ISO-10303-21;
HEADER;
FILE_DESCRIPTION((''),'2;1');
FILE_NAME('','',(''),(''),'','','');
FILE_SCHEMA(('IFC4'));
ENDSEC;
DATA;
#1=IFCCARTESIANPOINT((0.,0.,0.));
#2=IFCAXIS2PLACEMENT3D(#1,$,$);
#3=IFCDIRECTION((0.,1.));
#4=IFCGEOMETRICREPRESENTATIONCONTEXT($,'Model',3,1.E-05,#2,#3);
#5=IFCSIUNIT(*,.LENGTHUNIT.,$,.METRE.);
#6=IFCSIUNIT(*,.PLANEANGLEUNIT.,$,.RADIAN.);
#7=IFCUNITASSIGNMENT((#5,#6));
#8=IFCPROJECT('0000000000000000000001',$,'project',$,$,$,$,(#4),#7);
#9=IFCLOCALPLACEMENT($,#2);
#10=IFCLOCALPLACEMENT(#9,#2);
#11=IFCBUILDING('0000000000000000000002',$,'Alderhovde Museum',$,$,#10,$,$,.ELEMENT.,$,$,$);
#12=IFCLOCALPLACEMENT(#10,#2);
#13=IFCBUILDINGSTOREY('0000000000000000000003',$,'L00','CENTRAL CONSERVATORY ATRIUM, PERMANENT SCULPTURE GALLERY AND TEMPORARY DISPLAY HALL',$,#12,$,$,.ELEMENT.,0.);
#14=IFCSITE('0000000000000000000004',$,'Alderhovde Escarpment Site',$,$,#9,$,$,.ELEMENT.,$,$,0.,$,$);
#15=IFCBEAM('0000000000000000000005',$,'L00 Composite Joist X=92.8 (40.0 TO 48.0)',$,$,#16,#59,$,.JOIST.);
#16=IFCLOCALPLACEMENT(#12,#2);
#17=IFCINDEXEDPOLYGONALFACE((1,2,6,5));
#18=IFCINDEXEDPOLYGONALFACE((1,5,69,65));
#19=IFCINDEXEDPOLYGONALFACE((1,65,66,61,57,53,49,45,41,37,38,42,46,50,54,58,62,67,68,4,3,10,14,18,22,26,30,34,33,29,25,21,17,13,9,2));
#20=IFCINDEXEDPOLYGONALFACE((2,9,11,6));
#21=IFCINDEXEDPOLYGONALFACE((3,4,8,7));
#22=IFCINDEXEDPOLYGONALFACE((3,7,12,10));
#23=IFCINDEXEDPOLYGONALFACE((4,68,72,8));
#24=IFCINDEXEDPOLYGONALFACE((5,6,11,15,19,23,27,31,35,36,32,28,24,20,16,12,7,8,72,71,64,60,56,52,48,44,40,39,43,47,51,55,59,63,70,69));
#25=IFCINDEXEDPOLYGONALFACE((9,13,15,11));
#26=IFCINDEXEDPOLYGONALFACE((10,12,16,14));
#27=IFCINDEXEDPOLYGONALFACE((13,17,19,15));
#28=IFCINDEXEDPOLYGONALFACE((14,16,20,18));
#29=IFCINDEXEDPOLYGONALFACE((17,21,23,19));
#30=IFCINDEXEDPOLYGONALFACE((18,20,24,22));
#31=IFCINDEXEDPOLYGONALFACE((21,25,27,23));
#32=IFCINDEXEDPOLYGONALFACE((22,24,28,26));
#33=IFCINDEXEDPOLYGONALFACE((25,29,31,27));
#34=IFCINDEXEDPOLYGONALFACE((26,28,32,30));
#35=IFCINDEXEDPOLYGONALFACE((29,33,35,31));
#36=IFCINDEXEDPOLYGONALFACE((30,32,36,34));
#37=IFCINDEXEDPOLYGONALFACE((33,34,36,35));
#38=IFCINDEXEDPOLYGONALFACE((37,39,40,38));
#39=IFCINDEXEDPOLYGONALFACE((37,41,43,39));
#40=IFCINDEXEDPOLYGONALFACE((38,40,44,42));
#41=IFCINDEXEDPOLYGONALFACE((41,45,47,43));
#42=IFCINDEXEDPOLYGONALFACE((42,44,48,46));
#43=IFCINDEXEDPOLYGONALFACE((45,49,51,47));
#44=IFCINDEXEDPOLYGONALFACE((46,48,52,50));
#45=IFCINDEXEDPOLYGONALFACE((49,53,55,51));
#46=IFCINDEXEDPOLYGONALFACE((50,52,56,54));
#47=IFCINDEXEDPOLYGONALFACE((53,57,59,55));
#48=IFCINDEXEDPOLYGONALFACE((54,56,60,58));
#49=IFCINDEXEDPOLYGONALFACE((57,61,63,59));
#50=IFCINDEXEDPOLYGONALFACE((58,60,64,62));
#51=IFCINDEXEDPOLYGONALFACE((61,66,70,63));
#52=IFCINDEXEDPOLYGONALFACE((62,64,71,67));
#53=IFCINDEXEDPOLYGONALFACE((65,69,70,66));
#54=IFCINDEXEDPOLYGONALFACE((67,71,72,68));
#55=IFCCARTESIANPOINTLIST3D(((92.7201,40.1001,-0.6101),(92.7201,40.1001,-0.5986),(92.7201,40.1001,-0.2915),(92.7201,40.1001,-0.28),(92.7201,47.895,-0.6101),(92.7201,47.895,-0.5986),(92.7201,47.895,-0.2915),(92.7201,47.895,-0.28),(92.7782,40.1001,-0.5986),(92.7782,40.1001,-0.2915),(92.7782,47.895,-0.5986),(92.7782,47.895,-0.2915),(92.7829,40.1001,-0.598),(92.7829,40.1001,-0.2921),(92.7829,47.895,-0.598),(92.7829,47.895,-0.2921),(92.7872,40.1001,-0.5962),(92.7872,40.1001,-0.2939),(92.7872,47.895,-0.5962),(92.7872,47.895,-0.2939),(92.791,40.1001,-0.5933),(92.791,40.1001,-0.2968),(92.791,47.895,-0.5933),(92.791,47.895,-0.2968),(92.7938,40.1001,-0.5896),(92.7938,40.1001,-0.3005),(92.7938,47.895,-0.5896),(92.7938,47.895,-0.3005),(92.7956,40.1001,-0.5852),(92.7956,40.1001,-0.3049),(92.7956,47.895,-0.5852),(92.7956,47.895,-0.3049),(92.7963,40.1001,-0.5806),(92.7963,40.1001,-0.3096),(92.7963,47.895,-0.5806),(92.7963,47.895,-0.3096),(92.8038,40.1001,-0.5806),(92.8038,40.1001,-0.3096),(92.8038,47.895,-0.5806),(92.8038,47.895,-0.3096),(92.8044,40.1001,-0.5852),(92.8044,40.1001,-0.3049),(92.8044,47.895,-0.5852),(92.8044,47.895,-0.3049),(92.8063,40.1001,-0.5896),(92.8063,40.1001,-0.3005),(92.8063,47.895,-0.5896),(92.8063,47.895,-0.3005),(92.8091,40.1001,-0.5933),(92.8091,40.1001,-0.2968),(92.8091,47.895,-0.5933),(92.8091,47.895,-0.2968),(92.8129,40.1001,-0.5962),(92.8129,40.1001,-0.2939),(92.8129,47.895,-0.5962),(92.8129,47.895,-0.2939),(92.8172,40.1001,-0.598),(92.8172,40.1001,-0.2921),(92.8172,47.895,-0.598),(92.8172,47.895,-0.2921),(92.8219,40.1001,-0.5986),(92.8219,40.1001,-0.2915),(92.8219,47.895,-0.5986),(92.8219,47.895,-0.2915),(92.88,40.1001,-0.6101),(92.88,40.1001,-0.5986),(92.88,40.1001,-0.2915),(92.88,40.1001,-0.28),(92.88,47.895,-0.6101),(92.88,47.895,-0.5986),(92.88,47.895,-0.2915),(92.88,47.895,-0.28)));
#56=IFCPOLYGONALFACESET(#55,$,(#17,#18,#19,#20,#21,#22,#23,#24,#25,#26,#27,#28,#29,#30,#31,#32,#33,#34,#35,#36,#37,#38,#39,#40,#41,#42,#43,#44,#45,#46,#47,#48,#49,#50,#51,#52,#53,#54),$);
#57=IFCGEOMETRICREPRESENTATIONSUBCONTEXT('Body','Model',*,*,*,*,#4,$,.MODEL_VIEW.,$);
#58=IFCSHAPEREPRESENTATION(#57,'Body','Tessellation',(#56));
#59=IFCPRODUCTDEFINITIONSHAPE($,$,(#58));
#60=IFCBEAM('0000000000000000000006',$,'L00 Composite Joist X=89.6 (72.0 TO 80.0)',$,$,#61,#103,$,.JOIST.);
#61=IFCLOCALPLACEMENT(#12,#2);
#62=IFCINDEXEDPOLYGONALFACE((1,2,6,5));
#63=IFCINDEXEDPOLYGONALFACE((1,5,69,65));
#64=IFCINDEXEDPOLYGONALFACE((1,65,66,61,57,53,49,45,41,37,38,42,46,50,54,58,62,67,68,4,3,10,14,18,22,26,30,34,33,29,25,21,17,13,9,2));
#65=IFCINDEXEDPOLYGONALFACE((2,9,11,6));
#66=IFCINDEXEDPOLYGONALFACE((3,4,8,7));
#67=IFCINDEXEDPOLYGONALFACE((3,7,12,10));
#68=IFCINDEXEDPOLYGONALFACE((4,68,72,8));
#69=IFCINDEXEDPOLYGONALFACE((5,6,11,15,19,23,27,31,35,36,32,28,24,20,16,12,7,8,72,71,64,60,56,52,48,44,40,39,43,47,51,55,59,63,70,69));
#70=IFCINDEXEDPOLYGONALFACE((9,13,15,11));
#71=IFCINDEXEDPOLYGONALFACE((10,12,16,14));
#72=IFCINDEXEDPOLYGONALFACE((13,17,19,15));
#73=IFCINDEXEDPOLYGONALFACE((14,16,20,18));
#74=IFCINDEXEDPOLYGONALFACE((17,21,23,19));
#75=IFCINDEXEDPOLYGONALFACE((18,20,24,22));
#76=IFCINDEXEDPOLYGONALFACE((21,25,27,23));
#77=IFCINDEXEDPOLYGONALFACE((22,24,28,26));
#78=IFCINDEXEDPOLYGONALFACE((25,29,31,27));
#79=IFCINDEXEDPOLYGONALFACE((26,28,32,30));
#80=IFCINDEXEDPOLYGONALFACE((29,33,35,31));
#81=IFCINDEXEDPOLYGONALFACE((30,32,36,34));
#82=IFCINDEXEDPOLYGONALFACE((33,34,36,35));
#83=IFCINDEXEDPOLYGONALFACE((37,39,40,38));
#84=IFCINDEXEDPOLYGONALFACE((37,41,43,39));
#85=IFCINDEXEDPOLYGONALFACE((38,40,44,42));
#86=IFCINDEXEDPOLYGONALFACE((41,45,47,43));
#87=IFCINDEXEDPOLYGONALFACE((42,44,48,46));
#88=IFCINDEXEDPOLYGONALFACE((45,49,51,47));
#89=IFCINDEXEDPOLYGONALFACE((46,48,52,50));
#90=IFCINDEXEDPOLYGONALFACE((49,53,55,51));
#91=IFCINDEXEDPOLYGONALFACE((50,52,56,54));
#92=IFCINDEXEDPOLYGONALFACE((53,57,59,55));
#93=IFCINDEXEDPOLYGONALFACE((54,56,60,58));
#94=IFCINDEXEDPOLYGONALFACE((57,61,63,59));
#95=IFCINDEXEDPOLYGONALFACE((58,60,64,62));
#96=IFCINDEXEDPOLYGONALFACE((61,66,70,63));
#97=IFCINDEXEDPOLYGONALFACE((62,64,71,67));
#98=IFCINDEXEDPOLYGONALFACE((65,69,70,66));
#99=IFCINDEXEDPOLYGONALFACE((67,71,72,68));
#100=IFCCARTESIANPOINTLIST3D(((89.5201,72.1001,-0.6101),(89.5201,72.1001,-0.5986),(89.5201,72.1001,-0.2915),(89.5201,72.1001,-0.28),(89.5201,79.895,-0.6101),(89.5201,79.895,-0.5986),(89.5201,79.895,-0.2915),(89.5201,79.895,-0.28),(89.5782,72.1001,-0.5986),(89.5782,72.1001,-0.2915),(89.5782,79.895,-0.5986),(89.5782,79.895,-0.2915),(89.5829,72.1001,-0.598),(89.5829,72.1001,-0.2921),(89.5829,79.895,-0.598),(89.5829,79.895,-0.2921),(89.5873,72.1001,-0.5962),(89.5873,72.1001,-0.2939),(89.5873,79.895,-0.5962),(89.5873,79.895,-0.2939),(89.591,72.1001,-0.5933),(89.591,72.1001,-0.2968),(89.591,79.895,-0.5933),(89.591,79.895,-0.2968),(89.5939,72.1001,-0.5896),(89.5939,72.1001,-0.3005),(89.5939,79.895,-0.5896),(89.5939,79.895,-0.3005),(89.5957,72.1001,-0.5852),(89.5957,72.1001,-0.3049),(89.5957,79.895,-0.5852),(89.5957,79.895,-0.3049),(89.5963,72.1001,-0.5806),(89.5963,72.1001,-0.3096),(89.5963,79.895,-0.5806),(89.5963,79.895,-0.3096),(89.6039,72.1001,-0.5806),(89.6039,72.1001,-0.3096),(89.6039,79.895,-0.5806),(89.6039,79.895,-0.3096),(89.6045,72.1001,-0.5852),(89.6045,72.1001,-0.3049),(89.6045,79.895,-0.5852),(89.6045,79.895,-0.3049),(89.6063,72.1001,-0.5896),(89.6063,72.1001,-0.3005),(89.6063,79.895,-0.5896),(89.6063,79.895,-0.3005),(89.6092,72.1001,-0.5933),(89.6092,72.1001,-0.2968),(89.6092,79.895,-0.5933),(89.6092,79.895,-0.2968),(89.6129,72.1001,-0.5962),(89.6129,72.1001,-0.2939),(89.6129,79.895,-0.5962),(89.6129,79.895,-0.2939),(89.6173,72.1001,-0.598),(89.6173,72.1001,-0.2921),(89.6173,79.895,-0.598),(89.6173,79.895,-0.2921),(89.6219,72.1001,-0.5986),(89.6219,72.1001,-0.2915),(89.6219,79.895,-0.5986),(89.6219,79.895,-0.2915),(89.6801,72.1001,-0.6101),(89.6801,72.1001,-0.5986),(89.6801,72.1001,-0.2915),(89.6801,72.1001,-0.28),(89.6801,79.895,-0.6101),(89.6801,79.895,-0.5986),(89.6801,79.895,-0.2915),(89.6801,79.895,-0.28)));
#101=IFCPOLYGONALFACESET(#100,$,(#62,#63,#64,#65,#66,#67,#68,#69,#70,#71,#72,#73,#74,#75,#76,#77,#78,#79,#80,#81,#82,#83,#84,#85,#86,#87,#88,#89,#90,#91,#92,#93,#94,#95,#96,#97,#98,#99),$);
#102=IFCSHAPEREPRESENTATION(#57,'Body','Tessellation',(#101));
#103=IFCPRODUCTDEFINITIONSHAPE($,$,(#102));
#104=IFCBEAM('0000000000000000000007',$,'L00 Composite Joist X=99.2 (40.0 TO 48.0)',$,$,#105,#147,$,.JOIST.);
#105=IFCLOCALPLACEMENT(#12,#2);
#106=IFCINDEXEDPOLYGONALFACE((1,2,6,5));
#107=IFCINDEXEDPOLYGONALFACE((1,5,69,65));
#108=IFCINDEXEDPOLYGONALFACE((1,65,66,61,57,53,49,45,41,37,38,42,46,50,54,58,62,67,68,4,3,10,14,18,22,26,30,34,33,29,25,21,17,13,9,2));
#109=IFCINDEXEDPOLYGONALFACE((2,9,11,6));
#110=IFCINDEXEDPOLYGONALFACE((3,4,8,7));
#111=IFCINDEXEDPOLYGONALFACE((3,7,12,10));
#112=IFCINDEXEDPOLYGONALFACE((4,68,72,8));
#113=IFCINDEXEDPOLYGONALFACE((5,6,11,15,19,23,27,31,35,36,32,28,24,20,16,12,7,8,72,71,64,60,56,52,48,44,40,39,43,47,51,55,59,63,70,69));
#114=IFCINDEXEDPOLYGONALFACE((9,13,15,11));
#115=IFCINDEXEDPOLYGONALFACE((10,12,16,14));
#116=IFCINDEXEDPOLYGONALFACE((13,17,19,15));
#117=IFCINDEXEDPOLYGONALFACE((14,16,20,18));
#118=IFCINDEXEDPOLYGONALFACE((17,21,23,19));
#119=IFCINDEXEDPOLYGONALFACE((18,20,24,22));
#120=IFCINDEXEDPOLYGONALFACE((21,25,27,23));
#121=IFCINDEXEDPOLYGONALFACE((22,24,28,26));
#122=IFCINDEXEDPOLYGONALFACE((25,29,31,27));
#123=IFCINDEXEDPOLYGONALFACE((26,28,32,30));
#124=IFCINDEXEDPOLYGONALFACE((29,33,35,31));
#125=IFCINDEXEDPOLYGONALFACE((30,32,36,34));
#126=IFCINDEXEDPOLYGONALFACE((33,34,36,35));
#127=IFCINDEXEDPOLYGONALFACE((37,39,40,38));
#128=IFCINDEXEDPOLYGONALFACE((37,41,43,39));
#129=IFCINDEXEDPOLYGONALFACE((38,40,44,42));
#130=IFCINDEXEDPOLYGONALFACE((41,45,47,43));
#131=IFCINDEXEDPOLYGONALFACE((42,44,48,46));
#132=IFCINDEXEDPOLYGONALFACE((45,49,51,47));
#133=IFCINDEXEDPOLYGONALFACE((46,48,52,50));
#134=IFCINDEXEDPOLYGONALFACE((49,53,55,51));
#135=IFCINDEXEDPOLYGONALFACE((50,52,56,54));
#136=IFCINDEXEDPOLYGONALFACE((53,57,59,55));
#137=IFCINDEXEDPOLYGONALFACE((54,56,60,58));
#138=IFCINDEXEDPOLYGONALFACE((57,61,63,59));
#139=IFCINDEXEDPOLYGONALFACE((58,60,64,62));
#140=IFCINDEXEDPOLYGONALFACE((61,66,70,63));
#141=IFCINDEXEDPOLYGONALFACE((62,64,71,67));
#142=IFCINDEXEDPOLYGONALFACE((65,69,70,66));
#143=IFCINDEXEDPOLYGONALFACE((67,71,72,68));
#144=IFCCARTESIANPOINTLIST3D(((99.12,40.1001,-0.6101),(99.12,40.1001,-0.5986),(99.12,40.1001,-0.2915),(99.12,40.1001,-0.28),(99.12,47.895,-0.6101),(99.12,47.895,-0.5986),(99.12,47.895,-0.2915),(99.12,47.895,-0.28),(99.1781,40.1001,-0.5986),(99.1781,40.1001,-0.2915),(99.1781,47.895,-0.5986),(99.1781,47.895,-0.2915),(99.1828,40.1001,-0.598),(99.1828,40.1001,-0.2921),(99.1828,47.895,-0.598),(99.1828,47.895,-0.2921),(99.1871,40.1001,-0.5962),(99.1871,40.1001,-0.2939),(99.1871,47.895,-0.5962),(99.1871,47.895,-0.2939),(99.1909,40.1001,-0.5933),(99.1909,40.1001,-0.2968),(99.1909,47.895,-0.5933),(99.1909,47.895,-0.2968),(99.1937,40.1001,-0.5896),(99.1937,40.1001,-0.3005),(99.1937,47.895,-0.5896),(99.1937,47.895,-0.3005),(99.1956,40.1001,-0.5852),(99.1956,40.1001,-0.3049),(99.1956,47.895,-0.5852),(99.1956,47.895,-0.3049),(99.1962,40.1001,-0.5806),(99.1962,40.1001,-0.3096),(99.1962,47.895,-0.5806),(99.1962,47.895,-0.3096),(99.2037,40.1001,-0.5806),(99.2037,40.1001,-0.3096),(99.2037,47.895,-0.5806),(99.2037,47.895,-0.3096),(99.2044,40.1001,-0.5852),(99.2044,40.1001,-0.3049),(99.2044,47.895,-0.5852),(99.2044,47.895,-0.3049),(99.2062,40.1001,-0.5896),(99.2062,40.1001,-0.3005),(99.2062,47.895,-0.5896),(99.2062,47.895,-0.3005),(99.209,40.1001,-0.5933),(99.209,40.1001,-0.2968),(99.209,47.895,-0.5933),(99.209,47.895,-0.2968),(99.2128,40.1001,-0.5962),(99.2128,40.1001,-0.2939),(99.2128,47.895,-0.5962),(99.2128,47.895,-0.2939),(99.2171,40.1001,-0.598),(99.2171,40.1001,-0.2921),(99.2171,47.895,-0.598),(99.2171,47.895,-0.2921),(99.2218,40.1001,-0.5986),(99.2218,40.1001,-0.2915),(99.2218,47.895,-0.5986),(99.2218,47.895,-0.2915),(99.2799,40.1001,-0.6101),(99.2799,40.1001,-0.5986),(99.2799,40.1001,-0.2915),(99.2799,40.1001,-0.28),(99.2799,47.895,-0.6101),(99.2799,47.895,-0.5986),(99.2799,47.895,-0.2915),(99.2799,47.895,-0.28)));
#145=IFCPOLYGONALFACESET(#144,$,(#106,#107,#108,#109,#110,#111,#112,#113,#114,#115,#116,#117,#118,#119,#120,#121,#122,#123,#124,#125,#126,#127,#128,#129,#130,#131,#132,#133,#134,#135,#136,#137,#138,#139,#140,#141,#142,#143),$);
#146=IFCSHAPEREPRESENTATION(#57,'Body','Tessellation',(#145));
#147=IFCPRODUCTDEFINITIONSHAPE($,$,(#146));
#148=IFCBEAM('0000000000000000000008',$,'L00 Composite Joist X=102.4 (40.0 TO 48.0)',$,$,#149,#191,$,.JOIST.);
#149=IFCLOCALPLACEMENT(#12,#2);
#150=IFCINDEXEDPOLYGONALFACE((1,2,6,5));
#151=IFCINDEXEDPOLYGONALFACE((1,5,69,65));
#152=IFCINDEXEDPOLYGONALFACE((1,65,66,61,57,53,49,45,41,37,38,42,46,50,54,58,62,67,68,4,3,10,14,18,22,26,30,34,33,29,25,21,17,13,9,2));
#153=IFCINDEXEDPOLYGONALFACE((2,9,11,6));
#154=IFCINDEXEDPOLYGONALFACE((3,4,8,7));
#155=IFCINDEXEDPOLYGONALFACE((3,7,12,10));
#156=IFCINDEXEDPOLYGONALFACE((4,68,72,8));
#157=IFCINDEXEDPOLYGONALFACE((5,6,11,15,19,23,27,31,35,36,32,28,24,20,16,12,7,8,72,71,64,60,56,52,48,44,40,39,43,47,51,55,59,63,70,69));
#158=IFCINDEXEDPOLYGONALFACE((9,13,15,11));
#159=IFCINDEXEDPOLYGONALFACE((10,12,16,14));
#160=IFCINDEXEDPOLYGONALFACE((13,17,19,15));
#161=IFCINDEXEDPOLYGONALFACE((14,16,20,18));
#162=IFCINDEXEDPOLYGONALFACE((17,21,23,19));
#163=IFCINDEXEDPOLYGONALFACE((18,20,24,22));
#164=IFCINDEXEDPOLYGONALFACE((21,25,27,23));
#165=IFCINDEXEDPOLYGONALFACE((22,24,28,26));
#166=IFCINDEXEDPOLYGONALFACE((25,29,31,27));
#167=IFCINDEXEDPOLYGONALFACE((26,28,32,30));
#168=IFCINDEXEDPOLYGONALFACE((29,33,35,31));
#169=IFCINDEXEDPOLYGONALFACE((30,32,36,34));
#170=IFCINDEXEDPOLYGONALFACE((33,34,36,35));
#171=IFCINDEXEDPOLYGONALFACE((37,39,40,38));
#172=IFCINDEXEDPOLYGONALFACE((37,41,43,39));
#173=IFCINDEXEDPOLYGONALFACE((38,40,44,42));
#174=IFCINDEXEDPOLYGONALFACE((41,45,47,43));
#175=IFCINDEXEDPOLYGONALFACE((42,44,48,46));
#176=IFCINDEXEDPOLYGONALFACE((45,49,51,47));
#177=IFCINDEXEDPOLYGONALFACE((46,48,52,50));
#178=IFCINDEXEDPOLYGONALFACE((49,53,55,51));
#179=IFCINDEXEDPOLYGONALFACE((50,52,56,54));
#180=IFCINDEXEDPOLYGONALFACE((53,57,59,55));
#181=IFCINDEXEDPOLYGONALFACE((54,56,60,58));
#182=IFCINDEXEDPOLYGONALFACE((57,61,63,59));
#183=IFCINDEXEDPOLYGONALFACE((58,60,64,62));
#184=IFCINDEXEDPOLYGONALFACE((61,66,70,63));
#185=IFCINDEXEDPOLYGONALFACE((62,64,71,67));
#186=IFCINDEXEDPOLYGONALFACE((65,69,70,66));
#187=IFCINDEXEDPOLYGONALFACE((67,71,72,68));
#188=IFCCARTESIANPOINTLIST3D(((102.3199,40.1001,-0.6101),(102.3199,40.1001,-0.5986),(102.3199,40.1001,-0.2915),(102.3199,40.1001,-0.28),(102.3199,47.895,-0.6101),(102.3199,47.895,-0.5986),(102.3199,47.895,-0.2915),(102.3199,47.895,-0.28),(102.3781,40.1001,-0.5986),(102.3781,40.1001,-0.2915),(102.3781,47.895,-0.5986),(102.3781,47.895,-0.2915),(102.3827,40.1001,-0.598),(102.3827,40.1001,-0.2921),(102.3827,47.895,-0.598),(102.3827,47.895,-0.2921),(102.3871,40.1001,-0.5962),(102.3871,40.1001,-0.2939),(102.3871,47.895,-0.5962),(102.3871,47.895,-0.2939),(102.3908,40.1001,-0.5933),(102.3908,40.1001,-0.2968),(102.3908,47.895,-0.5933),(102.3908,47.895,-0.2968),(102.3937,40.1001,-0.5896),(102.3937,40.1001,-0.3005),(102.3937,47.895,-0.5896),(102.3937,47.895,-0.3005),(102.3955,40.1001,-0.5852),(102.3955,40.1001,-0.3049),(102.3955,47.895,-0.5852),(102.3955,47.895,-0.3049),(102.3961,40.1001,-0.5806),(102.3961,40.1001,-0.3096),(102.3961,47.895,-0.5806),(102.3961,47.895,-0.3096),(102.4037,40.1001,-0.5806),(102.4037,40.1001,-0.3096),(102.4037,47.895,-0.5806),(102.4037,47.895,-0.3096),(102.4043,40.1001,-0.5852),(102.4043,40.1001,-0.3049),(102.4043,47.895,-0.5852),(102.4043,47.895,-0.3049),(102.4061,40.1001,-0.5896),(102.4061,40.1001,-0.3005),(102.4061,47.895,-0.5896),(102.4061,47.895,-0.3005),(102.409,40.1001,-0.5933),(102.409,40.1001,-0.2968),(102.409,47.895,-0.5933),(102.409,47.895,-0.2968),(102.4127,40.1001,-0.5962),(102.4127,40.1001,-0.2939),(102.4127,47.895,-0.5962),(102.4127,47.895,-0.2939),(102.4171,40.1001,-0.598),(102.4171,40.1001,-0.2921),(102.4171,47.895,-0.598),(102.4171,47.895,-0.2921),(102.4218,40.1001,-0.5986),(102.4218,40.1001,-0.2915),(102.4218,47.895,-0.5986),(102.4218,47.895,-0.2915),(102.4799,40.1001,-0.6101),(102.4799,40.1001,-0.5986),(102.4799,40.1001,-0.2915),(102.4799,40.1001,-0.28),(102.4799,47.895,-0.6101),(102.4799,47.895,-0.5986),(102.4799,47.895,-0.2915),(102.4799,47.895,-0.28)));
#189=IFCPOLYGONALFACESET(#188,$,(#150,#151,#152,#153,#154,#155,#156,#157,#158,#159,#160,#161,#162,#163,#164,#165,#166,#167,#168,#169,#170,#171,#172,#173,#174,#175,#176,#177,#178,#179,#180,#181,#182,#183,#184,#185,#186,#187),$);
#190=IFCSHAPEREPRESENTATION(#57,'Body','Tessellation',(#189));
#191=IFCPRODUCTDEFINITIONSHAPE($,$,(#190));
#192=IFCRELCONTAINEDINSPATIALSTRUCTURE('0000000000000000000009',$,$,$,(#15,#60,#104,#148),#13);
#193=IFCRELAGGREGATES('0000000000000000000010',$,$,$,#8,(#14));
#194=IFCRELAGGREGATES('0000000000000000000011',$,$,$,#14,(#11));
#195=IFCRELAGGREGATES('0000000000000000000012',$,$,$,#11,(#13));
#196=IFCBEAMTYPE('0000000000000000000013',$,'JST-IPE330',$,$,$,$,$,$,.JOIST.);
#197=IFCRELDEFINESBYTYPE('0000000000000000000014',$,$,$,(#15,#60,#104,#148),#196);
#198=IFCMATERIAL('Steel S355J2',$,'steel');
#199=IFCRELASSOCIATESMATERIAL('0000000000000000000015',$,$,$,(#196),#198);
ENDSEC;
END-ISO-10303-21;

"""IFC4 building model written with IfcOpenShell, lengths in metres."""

from ifc_helpers import new_model, si_unit, direction, frame, origin, origin_2d, place, context, subcontext, project, spatial, i_section, extrude, material, material_profile, profile_set, type_object, element, save


model = new_model("IFC4")

# Units and contexts
model_context = context("Model", 3, precision=1e-05, world=origin(), true_north=direction((0.0, 1.0)))
body_context = subcontext(model_context, "Body", "Model", "MODEL_VIEW")
ifc_project = project(units=[si_unit("LENGTHUNIT", "METRE"), si_unit("PLANEANGLEUNIT", "RADIAN")], contexts=[model_context])

# Site, building, storey
site_placement = place(None, origin())
site = spatial("IfcSite", under=ifc_project, at=site_placement, Name="Alderhovde Escarpment Site", CompositionType="ELEMENT", RefElevation=0.0)
building_placement = place(site_placement, origin())
building = spatial("IfcBuilding", under=site, at=building_placement, Name="Alderhovde Museum", CompositionType="ELEMENT")
storey_placement = place(building_placement, origin())
storey = spatial("IfcBuildingStorey", under=building, at=storey_placement, Name="L00", Description="CENTRAL CONSERVATORY ATRIUM, PERMANENT SCULPTURE GALLERY AND TEMPORARY DISPLAY HALL", CompositionType="ELEMENT", Elevation=0.0)

# Beams
ifc_material_1 = material(Name="Steel S355J2", Category="steel")
ifc_material_profile_1 = material_profile(ifc_material_1, i_section(OverallWidth=0.1599, OverallDepth=0.3301, WebThickness=0.0076, FlangeThickness=0.0115, FilletRadius=0.0181, at=origin_2d()), Name="IPE 330")
ifc_profile_set_1 = profile_set([ifc_material_profile_1], Name="Steel S355J2")
beam_type_1 = type_object("IfcBeamType", Name="JST-IPE330", PredefinedType="JOIST", material=ifc_profile_set_1)
for number, where, z_axis, x_axis, name in (
    (1, (92.8, 40.1001, -0.4451), (0.0, 1.0, 0.0), (-1.0, 0.0, 0.0), "L00 Composite Joist X=92.8 (40.0 TO 48.0)"),
    (2, (89.6001, 72.1001, -0.4451), (0.0, 1.0, 0.0), (-1.0, 0.0, 0.0), "L00 Composite Joist X=89.6 (72.0 TO 80.0)"),
    (3, (99.2, 40.1001, -0.4451), (0.0, 1.0, 0.0), (-1.0, 0.0, 0.0), "L00 Composite Joist X=99.2 (40.0 TO 48.0)"),
    (4, (102.3999, 40.1001, -0.4451), (0.0, 1.0, 0.0), (-1.0, 0.0, 0.0), "L00 Composite Joist X=102.4 (40.0 TO 48.0)"),
):
    element("IfcBeam", number, at=place(storey_placement, frame(where, z_axis=z_axis, x_axis=x_axis)), inside=storey, type_object=beam_type_1, Name=name, PredefinedType="JOIST", context=body_context, shape_type="SweptSolid", body=[
        extrude(i_section(OverallWidth=0.1599, OverallDepth=0.3301, WebThickness=0.0076, FlangeThickness=0.0115, FilletRadius=0.0181, at=origin_2d()), origin(), (0.0, 0.0, 1.0), 7.7949),
    ])

save(model, "model.ifc")
